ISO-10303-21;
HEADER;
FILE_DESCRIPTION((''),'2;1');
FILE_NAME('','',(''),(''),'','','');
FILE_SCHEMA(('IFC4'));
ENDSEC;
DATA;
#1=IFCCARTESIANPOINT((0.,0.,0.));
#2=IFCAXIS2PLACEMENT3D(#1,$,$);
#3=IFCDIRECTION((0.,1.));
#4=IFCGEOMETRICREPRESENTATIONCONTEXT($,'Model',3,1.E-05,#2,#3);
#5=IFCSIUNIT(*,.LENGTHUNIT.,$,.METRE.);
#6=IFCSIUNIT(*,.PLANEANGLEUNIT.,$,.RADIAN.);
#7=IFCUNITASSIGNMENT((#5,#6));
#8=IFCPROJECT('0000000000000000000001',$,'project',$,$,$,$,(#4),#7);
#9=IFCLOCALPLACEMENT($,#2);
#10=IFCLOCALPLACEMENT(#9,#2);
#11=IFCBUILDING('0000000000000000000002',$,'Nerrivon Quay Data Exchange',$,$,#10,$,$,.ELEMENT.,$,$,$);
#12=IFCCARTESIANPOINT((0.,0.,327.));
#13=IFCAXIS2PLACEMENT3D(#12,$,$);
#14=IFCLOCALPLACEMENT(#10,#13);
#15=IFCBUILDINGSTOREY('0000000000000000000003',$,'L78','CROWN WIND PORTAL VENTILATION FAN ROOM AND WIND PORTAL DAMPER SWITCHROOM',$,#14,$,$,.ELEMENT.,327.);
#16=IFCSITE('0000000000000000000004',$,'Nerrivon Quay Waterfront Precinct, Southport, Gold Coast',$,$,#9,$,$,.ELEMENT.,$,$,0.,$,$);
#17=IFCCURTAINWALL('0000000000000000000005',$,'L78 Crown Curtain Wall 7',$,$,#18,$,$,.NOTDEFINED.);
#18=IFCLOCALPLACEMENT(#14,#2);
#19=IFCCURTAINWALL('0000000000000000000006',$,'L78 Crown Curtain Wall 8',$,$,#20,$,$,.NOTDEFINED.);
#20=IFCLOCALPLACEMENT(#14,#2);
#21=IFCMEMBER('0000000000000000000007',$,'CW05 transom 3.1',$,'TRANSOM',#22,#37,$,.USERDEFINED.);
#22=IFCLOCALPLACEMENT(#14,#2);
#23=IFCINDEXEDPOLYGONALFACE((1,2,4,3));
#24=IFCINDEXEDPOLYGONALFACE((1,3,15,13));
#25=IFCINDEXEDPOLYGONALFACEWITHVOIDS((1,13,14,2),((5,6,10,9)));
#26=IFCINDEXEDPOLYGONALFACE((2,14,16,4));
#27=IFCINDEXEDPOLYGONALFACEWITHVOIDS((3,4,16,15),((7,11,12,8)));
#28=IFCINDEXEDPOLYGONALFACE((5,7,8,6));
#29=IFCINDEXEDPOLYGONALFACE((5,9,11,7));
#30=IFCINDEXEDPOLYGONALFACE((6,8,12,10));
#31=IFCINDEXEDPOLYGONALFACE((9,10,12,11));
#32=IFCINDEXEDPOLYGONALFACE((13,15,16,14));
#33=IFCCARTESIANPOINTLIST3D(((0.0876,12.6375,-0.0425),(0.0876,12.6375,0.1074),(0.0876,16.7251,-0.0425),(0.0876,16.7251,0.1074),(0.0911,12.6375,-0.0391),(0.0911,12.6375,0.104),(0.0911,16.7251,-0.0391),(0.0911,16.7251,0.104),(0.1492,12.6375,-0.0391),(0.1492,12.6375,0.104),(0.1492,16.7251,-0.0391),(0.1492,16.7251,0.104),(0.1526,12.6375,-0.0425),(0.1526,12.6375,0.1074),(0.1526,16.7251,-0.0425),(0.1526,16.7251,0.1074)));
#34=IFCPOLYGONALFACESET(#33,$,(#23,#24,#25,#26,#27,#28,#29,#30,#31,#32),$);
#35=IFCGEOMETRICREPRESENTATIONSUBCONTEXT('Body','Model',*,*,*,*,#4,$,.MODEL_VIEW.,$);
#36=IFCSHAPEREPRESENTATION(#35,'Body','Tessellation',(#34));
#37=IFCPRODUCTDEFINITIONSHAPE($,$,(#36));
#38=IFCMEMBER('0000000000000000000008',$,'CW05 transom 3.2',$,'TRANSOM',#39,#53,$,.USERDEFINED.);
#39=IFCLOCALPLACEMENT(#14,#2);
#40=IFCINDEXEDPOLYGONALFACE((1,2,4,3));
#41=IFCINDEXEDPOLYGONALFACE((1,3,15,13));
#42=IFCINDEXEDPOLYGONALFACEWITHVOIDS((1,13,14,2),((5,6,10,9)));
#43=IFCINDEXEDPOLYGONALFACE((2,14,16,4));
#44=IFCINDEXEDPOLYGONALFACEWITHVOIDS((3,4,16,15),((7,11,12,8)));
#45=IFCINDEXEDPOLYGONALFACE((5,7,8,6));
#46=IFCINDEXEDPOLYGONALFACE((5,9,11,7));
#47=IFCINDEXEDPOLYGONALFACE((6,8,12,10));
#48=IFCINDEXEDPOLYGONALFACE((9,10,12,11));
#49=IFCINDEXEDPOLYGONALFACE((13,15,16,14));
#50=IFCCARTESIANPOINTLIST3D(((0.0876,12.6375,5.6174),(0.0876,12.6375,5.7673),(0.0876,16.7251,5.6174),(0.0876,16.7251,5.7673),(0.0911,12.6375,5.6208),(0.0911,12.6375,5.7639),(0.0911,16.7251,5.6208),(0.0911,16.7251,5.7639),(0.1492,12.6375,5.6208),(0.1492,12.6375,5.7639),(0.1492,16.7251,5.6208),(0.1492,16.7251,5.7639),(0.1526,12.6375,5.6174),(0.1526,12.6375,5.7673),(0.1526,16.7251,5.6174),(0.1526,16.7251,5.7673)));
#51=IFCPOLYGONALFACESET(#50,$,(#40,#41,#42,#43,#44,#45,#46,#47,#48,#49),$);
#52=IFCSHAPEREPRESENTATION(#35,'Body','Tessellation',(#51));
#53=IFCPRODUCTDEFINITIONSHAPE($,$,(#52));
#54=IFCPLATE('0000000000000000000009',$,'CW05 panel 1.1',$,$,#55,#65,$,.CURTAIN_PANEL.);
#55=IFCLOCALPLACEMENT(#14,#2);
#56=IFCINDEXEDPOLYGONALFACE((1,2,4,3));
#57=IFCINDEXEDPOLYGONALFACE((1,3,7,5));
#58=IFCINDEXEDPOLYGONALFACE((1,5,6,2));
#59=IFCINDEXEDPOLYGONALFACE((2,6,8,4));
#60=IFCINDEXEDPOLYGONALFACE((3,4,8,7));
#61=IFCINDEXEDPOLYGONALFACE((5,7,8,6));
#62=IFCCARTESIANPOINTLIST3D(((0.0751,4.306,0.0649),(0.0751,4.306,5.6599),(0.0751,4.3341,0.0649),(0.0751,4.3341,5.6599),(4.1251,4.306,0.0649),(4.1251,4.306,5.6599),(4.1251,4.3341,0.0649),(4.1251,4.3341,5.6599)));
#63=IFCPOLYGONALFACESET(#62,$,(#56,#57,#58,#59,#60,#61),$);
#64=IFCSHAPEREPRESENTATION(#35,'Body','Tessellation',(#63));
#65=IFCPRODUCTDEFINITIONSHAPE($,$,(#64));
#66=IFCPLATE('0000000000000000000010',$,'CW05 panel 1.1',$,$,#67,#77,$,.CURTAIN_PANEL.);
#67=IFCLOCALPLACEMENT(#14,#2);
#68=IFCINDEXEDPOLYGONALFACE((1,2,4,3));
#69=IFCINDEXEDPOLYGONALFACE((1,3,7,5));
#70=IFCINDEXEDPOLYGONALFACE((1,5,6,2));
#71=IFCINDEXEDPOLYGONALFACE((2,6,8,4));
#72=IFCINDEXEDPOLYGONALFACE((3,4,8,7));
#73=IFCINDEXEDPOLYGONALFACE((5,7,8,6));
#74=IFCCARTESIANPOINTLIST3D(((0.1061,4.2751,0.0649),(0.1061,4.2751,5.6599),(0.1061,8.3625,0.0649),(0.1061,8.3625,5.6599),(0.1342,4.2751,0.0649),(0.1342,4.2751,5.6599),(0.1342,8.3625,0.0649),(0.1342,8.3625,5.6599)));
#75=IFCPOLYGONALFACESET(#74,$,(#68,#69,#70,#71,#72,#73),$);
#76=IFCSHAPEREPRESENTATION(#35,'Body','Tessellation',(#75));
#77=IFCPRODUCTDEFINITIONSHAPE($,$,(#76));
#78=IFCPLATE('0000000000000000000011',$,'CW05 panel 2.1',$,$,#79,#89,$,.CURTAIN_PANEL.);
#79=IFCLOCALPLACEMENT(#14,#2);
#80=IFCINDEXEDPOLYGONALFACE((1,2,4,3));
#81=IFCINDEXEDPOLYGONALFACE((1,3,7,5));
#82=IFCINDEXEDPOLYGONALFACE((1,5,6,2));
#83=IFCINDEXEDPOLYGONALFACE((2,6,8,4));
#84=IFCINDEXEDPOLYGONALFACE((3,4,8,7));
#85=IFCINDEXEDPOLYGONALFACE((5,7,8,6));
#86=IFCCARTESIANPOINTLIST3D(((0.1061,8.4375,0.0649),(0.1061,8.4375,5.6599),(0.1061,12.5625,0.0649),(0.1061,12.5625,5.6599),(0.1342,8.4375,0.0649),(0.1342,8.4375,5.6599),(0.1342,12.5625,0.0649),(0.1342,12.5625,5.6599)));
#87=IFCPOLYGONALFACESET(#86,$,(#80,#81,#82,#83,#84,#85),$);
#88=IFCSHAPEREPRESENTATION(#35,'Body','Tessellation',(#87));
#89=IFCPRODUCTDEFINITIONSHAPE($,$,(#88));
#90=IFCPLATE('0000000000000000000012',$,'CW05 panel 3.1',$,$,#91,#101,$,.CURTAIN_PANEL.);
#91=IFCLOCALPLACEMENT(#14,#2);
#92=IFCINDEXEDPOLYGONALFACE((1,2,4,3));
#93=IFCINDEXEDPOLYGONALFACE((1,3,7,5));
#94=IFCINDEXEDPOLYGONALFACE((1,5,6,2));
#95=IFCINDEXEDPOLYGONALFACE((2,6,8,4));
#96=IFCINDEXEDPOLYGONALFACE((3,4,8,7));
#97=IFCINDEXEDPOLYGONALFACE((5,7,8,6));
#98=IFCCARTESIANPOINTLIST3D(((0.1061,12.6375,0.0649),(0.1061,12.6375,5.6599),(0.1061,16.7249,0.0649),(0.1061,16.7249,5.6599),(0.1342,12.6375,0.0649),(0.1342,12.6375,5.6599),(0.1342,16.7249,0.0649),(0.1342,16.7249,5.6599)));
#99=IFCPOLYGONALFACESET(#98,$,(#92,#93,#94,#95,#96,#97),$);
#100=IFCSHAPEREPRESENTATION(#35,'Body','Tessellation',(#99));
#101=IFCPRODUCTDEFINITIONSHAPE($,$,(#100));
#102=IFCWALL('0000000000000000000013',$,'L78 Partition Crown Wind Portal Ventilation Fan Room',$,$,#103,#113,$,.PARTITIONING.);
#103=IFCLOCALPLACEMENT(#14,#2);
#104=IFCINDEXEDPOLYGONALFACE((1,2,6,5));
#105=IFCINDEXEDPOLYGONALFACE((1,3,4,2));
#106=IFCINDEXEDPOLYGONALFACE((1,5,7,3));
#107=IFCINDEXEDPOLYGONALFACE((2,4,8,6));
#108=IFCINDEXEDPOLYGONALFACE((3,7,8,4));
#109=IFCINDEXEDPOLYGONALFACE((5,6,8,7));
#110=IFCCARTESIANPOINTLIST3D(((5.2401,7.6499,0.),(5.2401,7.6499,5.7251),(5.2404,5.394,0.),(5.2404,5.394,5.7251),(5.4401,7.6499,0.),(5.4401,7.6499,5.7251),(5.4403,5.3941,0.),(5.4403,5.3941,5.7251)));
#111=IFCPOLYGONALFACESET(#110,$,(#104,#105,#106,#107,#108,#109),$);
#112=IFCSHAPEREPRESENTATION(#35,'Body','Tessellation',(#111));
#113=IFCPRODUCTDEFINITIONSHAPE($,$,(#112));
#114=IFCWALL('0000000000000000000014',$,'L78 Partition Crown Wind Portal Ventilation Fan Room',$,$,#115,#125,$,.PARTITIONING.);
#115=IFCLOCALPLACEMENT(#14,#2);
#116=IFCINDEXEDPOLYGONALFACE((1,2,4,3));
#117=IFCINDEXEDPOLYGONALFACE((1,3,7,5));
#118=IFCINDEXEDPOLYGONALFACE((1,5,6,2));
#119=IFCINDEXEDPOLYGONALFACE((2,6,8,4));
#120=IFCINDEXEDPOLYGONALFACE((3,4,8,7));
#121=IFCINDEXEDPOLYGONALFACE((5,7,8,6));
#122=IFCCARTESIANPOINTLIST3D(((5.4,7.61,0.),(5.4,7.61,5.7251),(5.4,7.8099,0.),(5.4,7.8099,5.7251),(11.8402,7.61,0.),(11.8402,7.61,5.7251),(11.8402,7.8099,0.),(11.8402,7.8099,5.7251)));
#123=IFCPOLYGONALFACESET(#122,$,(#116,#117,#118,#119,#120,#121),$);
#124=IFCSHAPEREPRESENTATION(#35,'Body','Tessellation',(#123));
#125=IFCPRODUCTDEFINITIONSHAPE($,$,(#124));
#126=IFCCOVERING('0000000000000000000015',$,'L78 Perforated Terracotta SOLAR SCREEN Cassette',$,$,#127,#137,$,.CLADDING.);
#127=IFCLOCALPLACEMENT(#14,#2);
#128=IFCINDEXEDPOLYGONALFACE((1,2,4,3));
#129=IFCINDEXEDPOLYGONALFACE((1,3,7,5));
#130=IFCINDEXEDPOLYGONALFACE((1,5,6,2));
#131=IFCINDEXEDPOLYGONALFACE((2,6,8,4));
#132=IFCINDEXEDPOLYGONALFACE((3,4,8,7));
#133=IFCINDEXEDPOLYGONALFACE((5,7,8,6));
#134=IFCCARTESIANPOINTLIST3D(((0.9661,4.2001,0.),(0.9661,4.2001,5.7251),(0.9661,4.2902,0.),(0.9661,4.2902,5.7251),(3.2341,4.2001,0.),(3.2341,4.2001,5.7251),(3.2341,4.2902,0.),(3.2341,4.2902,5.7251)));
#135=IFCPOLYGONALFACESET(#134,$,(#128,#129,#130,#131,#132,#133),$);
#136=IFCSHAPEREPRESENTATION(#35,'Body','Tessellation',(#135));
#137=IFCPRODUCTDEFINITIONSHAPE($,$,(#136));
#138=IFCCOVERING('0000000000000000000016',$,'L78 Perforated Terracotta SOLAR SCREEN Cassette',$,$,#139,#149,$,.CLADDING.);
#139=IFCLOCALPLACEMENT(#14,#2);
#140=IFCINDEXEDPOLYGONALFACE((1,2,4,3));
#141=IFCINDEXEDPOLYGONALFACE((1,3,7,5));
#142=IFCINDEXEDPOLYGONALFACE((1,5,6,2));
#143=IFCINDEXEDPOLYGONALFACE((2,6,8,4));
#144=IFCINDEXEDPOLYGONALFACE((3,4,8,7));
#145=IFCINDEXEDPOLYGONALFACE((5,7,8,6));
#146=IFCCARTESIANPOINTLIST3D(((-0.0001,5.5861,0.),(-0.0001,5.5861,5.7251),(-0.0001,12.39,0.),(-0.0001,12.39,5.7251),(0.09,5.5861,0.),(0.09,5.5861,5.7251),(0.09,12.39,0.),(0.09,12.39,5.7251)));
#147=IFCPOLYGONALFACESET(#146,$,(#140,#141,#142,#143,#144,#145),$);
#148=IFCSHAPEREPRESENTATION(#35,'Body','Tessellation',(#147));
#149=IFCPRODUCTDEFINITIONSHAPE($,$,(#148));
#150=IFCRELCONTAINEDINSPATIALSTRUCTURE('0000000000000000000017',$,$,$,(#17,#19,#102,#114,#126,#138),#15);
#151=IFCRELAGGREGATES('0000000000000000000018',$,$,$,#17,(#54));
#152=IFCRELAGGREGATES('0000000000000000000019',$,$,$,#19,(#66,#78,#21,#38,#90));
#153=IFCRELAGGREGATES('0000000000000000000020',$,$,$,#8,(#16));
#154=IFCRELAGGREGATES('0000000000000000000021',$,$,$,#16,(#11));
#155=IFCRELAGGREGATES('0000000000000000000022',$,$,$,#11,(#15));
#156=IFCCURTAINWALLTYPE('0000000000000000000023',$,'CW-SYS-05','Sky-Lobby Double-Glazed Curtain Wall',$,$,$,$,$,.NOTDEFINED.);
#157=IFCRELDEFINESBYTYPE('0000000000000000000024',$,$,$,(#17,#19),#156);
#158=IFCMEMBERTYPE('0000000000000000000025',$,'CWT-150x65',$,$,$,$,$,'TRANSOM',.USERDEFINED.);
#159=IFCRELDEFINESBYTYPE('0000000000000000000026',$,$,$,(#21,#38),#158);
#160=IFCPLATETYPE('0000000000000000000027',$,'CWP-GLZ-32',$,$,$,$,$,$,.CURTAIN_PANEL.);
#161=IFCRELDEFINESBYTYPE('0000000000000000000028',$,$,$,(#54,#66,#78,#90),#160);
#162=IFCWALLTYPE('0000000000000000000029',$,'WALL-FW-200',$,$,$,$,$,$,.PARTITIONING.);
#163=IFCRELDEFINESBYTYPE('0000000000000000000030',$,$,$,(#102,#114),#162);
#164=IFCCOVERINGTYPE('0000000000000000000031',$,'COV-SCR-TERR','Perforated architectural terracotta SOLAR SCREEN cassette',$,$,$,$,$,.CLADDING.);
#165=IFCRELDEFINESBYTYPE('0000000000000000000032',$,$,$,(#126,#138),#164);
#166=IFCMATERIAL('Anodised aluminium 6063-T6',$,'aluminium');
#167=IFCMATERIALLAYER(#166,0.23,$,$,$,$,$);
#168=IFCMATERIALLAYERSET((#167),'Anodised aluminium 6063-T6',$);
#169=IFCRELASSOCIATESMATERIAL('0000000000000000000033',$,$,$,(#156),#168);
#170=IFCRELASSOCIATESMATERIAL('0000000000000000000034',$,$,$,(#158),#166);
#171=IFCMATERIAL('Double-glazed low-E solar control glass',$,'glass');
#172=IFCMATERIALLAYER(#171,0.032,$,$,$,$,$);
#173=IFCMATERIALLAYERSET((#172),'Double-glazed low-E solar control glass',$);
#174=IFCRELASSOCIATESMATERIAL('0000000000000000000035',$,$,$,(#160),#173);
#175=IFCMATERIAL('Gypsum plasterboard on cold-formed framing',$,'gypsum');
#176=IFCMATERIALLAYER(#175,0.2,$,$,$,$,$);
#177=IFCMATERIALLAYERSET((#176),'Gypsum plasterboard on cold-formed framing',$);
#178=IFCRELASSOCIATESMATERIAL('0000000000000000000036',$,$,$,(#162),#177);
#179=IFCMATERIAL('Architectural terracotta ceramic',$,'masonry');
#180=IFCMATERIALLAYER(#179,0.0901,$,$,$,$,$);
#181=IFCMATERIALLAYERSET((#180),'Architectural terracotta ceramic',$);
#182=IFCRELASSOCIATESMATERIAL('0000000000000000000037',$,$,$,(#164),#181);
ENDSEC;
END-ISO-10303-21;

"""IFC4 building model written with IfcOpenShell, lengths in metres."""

from ifc_helpers import new_model, si_unit, direction, frame, frame_2d, origin, origin_2d, place, context, subcontext, project, spatial, rectangle, hollow_rectangle, extrude, material, layer, layer_set, material_profile, profile_set, type_object, element, aggregate, save


model = new_model("IFC4")

# Units and contexts
model_context = context("Model", 3, precision=1e-05, world=origin(), true_north=direction((0.0, 1.0)))
body_context = subcontext(model_context, "Body", "Model", "MODEL_VIEW")
ifc_project = project(units=[si_unit("LENGTHUNIT", "METRE"), si_unit("PLANEANGLEUNIT", "RADIAN")], contexts=[model_context])

# Site, building, storey
site_placement = place(None, origin())
site = spatial("IfcSite", under=ifc_project, at=site_placement, Name="Nerrivon Quay Waterfront Precinct, Southport, Gold Coast", CompositionType="ELEMENT", RefElevation=0.0)
building_placement = place(site_placement, origin())
building = spatial("IfcBuilding", under=site, at=building_placement, Name="Nerrivon Quay Data Exchange", CompositionType="ELEMENT")
storey_placement = place(building_placement, frame((0.0, 0.0, 327.0)))
storey = spatial("IfcBuildingStorey", under=building, at=storey_placement, Name="L78", Description="CROWN WIND PORTAL VENTILATION FAN ROOM AND WIND PORTAL DAMPER SWITCHROOM", CompositionType="ELEMENT", Elevation=327.0)

# Curtain walls
ifc_material_1 = material(Name="Anodised aluminium 6063-T6", Category="aluminium")
ifc_layer_1 = layer(ifc_material_1, 0.23)
ifc_layer_set_1 = layer_set([ifc_layer_1], Name="Anodised aluminium 6063-T6")
curtain_wall_type = type_object("IfcCurtainWallType", Name="CW-SYS-05", Description="Sky-Lobby Double-Glazed Curtain Wall", PredefinedType="NOTDEFINED", material=ifc_layer_set_1)
curtain_wall_1_placement = place(storey_placement, origin())
curtain_wall_1 = element("IfcCurtainWall", 1, at=curtain_wall_1_placement, inside=storey, type_object=curtain_wall_type, Name="L78 Crown Curtain Wall 7", PredefinedType="NOTDEFINED")
curtain_wall_2_placement = place(storey_placement, origin())
curtain_wall_2 = element("IfcCurtainWall", 2, at=curtain_wall_2_placement, inside=storey, type_object=curtain_wall_type, Name="L78 Crown Curtain Wall 8", PredefinedType="NOTDEFINED")

# Members
ifc_material_profile_1 = material_profile(ifc_material_1, hollow_rectangle(XDim=0.0649, YDim=0.1499, WallThickness=0.0034, at=origin_2d()), Name="ALU-TRAN-150x65")
ifc_profile_set_1 = profile_set([ifc_material_profile_1], Name="Anodised aluminium 6063-T6")
member_type_1 = type_object("IfcMemberType", Name="CWT-150x65", ElementType="TRANSOM", PredefinedType="USERDEFINED", material=ifc_profile_set_1)
member_1_placement = place(storey_placement, frame((0.1201, 12.6375, 0.0325), z_axis=(0.0, 1.0, 0.0), x_axis=(-1.0, 0.0, 0.0)))
member_1 = element("IfcMember", 3, at=member_1_placement, type_object=member_type_1, Name="CW05 transom 3.1", ObjectType="TRANSOM", PredefinedType="USERDEFINED", context=body_context, shape_type="SweptSolid", body=[
    extrude(hollow_rectangle(XDim=0.0649, YDim=0.1499, WallThickness=0.0034, at=origin_2d()), origin(), (0.0, 0.0, 1.0), 4.0876),
])
member_2_placement = place(storey_placement, frame((0.1201, 12.6375, 5.6924), z_axis=(0.0, 1.0, 0.0), x_axis=(-1.0, 0.0, 0.0)))
member_2 = element("IfcMember", 4, at=member_2_placement, type_object=member_type_1, Name="CW05 transom 3.2", ObjectType="TRANSOM", PredefinedType="USERDEFINED", context=body_context, shape_type="SweptSolid", body=[
    extrude(hollow_rectangle(XDim=0.0649, YDim=0.1499, WallThickness=0.0034, at=origin_2d()), origin(), (0.0, 0.0, 1.0), 4.0876),
])

# Plates
ifc_material_2 = material(Name="Double-glazed low-E solar control glass", Category="glass")
ifc_layer_2 = layer(ifc_material_2, 0.032)
ifc_layer_set_2 = layer_set([ifc_layer_2], Name="Double-glazed low-E solar control glass")
plate_type = type_object("IfcPlateType", Name="CWP-GLZ-32", PredefinedType="CURTAIN_PANEL", material=ifc_layer_set_2)
plate_1_placement = place(storey_placement, frame((2.1001, 4.3201, 0.0649), z_axis=(0.0, 0.0, 1.0), x_axis=(-1.0, 0.0, 0.0)))
plate_1 = element("IfcPlate", 5, at=plate_1_placement, type_object=plate_type, Name="CW05 panel 1.1", PredefinedType="CURTAIN_PANEL", context=body_context, shape_type="SweptSolid", body=[
    extrude(rectangle(XDim=4.05, YDim=0.0281, at=origin_2d()), origin(), (0.0, 0.0, 1.0), 5.595),
])
aggregate(curtain_wall_1, [plate_1])
plate_2_placement = place(storey_placement, frame((0.1201, 6.3188, 0.0649), z_axis=(0.0, 0.0, 1.0), x_axis=(0.0, 1.0, 0.0)))
plate_2 = element("IfcPlate", 6, at=plate_2_placement, type_object=plate_type, Name="CW05 panel 1.1", PredefinedType="CURTAIN_PANEL", context=body_context, shape_type="SweptSolid", body=[
    extrude(rectangle(XDim=4.0874, YDim=0.0281, at=origin_2d()), origin(), (0.0, 0.0, 1.0), 5.595),
])
plate_3_placement = place(storey_placement, frame((0.1201, 10.5, 0.0649), z_axis=(0.0, 0.0, 1.0), x_axis=(0.0, 1.0, 0.0)))
plate_3 = element("IfcPlate", 7, at=plate_3_placement, type_object=plate_type, Name="CW05 panel 2.1", PredefinedType="CURTAIN_PANEL", context=body_context, shape_type="SweptSolid", body=[
    extrude(rectangle(XDim=4.125, YDim=0.0281, at=origin_2d()), origin(), (0.0, 0.0, 1.0), 5.595),
])
plate_4_placement = place(storey_placement, frame((0.1201, 14.6812, 0.0649), z_axis=(0.0, 0.0, 1.0), x_axis=(0.0, 1.0, 0.0)))
plate_4 = element("IfcPlate", 8, at=plate_4_placement, type_object=plate_type, Name="CW05 panel 3.1", PredefinedType="CURTAIN_PANEL", context=body_context, shape_type="SweptSolid", body=[
    extrude(rectangle(XDim=4.0874, YDim=0.0281, at=origin_2d()), origin(), (0.0, 0.0, 1.0), 5.595),
])
aggregate(curtain_wall_2, [plate_2, plate_3, member_1, member_2, plate_4])

# Walls
ifc_material_3 = material(Name="Gypsum plasterboard on cold-formed framing", Category="gypsum")
ifc_layer_3 = layer(ifc_material_3, 0.2)
ifc_layer_set_3 = layer_set([ifc_layer_3], Name="Gypsum plasterboard on cold-formed framing")
wall_type = type_object("IfcWallType", Name="WALL-FW-200", PredefinedType="PARTITIONING", material=ifc_layer_set_3)
wall_1_placement = place(storey_placement, frame((5.3403, 5.394, 0.0), z_axis=(0.0, 0.0, 1.0), x_axis=(-0.000108, 1.0, 0.0)))
element("IfcWall", 9, at=wall_1_placement, inside=storey, type_object=wall_type, Name="L78 Partition Crown Wind Portal Ventilation Fan Room", PredefinedType="PARTITIONING", context=body_context, shape_type="SweptSolid", body=[
    extrude(rectangle(XDim=2.2559, YDim=0.2, at=frame_2d((1.1279, 0.0))), origin(), (0.0, 0.0, 1.0), 5.7251),
])
wall_2_placement = place(storey_placement, frame((5.3999, 7.71, 0.0), z_axis=(0.0, 0.0, 1.0), x_axis=(1.0, 0.0, 0.0)))
element("IfcWall", 10, at=wall_2_placement, inside=storey, type_object=wall_type, Name="L78 Partition Crown Wind Portal Ventilation Fan Room", PredefinedType="PARTITIONING", context=body_context, shape_type="SweptSolid", body=[
    extrude(rectangle(XDim=6.4402, YDim=0.2, at=frame_2d((3.2202, 0.0))), origin(), (0.0, 0.0, 1.0), 5.7251),
])

# Coverings
ifc_material_4 = material(Name="Architectural terracotta ceramic", Category="masonry")
ifc_layer_4 = layer(ifc_material_4, 0.0901)
ifc_layer_set_4 = layer_set([ifc_layer_4], Name="Architectural terracotta ceramic")
covering_type = type_object("IfcCoveringType", Name="COV-SCR-TERR", Description="Perforated architectural terracotta SOLAR SCREEN cassette", PredefinedType="CLADDING", material=ifc_layer_set_4)
covering_1_placement = place(storey_placement, frame((2.1001, 4.2451, 0.0), z_axis=(0.0, 0.0, 1.0), x_axis=(-1.0, 0.0, 0.0)))
element("IfcCovering", 11, at=covering_1_placement, inside=storey, type_object=covering_type, Name="L78 Perforated Terracotta SOLAR SCREEN Cassette", PredefinedType="CLADDING", context=body_context, shape_type="SweptSolid", body=[
    extrude(rectangle(XDim=2.2681, YDim=0.0901, at=origin_2d()), origin(), (0.0, 0.0, 1.0), 5.7251),
])
covering_2_placement = place(storey_placement, frame((0.0449, 8.988, 0.0), z_axis=(0.0, 0.0, 1.0), x_axis=(0.0, 1.0, 0.0)))
element("IfcCovering", 12, at=covering_2_placement, inside=storey, type_object=covering_type, Name="L78 Perforated Terracotta SOLAR SCREEN Cassette", PredefinedType="CLADDING", context=body_context, shape_type="SweptSolid", body=[
    extrude(rectangle(XDim=6.804, YDim=0.0901, at=origin_2d()), origin(), (0.0, 0.0, 1.0), 5.7251),
])

save(model, "model.ifc")
